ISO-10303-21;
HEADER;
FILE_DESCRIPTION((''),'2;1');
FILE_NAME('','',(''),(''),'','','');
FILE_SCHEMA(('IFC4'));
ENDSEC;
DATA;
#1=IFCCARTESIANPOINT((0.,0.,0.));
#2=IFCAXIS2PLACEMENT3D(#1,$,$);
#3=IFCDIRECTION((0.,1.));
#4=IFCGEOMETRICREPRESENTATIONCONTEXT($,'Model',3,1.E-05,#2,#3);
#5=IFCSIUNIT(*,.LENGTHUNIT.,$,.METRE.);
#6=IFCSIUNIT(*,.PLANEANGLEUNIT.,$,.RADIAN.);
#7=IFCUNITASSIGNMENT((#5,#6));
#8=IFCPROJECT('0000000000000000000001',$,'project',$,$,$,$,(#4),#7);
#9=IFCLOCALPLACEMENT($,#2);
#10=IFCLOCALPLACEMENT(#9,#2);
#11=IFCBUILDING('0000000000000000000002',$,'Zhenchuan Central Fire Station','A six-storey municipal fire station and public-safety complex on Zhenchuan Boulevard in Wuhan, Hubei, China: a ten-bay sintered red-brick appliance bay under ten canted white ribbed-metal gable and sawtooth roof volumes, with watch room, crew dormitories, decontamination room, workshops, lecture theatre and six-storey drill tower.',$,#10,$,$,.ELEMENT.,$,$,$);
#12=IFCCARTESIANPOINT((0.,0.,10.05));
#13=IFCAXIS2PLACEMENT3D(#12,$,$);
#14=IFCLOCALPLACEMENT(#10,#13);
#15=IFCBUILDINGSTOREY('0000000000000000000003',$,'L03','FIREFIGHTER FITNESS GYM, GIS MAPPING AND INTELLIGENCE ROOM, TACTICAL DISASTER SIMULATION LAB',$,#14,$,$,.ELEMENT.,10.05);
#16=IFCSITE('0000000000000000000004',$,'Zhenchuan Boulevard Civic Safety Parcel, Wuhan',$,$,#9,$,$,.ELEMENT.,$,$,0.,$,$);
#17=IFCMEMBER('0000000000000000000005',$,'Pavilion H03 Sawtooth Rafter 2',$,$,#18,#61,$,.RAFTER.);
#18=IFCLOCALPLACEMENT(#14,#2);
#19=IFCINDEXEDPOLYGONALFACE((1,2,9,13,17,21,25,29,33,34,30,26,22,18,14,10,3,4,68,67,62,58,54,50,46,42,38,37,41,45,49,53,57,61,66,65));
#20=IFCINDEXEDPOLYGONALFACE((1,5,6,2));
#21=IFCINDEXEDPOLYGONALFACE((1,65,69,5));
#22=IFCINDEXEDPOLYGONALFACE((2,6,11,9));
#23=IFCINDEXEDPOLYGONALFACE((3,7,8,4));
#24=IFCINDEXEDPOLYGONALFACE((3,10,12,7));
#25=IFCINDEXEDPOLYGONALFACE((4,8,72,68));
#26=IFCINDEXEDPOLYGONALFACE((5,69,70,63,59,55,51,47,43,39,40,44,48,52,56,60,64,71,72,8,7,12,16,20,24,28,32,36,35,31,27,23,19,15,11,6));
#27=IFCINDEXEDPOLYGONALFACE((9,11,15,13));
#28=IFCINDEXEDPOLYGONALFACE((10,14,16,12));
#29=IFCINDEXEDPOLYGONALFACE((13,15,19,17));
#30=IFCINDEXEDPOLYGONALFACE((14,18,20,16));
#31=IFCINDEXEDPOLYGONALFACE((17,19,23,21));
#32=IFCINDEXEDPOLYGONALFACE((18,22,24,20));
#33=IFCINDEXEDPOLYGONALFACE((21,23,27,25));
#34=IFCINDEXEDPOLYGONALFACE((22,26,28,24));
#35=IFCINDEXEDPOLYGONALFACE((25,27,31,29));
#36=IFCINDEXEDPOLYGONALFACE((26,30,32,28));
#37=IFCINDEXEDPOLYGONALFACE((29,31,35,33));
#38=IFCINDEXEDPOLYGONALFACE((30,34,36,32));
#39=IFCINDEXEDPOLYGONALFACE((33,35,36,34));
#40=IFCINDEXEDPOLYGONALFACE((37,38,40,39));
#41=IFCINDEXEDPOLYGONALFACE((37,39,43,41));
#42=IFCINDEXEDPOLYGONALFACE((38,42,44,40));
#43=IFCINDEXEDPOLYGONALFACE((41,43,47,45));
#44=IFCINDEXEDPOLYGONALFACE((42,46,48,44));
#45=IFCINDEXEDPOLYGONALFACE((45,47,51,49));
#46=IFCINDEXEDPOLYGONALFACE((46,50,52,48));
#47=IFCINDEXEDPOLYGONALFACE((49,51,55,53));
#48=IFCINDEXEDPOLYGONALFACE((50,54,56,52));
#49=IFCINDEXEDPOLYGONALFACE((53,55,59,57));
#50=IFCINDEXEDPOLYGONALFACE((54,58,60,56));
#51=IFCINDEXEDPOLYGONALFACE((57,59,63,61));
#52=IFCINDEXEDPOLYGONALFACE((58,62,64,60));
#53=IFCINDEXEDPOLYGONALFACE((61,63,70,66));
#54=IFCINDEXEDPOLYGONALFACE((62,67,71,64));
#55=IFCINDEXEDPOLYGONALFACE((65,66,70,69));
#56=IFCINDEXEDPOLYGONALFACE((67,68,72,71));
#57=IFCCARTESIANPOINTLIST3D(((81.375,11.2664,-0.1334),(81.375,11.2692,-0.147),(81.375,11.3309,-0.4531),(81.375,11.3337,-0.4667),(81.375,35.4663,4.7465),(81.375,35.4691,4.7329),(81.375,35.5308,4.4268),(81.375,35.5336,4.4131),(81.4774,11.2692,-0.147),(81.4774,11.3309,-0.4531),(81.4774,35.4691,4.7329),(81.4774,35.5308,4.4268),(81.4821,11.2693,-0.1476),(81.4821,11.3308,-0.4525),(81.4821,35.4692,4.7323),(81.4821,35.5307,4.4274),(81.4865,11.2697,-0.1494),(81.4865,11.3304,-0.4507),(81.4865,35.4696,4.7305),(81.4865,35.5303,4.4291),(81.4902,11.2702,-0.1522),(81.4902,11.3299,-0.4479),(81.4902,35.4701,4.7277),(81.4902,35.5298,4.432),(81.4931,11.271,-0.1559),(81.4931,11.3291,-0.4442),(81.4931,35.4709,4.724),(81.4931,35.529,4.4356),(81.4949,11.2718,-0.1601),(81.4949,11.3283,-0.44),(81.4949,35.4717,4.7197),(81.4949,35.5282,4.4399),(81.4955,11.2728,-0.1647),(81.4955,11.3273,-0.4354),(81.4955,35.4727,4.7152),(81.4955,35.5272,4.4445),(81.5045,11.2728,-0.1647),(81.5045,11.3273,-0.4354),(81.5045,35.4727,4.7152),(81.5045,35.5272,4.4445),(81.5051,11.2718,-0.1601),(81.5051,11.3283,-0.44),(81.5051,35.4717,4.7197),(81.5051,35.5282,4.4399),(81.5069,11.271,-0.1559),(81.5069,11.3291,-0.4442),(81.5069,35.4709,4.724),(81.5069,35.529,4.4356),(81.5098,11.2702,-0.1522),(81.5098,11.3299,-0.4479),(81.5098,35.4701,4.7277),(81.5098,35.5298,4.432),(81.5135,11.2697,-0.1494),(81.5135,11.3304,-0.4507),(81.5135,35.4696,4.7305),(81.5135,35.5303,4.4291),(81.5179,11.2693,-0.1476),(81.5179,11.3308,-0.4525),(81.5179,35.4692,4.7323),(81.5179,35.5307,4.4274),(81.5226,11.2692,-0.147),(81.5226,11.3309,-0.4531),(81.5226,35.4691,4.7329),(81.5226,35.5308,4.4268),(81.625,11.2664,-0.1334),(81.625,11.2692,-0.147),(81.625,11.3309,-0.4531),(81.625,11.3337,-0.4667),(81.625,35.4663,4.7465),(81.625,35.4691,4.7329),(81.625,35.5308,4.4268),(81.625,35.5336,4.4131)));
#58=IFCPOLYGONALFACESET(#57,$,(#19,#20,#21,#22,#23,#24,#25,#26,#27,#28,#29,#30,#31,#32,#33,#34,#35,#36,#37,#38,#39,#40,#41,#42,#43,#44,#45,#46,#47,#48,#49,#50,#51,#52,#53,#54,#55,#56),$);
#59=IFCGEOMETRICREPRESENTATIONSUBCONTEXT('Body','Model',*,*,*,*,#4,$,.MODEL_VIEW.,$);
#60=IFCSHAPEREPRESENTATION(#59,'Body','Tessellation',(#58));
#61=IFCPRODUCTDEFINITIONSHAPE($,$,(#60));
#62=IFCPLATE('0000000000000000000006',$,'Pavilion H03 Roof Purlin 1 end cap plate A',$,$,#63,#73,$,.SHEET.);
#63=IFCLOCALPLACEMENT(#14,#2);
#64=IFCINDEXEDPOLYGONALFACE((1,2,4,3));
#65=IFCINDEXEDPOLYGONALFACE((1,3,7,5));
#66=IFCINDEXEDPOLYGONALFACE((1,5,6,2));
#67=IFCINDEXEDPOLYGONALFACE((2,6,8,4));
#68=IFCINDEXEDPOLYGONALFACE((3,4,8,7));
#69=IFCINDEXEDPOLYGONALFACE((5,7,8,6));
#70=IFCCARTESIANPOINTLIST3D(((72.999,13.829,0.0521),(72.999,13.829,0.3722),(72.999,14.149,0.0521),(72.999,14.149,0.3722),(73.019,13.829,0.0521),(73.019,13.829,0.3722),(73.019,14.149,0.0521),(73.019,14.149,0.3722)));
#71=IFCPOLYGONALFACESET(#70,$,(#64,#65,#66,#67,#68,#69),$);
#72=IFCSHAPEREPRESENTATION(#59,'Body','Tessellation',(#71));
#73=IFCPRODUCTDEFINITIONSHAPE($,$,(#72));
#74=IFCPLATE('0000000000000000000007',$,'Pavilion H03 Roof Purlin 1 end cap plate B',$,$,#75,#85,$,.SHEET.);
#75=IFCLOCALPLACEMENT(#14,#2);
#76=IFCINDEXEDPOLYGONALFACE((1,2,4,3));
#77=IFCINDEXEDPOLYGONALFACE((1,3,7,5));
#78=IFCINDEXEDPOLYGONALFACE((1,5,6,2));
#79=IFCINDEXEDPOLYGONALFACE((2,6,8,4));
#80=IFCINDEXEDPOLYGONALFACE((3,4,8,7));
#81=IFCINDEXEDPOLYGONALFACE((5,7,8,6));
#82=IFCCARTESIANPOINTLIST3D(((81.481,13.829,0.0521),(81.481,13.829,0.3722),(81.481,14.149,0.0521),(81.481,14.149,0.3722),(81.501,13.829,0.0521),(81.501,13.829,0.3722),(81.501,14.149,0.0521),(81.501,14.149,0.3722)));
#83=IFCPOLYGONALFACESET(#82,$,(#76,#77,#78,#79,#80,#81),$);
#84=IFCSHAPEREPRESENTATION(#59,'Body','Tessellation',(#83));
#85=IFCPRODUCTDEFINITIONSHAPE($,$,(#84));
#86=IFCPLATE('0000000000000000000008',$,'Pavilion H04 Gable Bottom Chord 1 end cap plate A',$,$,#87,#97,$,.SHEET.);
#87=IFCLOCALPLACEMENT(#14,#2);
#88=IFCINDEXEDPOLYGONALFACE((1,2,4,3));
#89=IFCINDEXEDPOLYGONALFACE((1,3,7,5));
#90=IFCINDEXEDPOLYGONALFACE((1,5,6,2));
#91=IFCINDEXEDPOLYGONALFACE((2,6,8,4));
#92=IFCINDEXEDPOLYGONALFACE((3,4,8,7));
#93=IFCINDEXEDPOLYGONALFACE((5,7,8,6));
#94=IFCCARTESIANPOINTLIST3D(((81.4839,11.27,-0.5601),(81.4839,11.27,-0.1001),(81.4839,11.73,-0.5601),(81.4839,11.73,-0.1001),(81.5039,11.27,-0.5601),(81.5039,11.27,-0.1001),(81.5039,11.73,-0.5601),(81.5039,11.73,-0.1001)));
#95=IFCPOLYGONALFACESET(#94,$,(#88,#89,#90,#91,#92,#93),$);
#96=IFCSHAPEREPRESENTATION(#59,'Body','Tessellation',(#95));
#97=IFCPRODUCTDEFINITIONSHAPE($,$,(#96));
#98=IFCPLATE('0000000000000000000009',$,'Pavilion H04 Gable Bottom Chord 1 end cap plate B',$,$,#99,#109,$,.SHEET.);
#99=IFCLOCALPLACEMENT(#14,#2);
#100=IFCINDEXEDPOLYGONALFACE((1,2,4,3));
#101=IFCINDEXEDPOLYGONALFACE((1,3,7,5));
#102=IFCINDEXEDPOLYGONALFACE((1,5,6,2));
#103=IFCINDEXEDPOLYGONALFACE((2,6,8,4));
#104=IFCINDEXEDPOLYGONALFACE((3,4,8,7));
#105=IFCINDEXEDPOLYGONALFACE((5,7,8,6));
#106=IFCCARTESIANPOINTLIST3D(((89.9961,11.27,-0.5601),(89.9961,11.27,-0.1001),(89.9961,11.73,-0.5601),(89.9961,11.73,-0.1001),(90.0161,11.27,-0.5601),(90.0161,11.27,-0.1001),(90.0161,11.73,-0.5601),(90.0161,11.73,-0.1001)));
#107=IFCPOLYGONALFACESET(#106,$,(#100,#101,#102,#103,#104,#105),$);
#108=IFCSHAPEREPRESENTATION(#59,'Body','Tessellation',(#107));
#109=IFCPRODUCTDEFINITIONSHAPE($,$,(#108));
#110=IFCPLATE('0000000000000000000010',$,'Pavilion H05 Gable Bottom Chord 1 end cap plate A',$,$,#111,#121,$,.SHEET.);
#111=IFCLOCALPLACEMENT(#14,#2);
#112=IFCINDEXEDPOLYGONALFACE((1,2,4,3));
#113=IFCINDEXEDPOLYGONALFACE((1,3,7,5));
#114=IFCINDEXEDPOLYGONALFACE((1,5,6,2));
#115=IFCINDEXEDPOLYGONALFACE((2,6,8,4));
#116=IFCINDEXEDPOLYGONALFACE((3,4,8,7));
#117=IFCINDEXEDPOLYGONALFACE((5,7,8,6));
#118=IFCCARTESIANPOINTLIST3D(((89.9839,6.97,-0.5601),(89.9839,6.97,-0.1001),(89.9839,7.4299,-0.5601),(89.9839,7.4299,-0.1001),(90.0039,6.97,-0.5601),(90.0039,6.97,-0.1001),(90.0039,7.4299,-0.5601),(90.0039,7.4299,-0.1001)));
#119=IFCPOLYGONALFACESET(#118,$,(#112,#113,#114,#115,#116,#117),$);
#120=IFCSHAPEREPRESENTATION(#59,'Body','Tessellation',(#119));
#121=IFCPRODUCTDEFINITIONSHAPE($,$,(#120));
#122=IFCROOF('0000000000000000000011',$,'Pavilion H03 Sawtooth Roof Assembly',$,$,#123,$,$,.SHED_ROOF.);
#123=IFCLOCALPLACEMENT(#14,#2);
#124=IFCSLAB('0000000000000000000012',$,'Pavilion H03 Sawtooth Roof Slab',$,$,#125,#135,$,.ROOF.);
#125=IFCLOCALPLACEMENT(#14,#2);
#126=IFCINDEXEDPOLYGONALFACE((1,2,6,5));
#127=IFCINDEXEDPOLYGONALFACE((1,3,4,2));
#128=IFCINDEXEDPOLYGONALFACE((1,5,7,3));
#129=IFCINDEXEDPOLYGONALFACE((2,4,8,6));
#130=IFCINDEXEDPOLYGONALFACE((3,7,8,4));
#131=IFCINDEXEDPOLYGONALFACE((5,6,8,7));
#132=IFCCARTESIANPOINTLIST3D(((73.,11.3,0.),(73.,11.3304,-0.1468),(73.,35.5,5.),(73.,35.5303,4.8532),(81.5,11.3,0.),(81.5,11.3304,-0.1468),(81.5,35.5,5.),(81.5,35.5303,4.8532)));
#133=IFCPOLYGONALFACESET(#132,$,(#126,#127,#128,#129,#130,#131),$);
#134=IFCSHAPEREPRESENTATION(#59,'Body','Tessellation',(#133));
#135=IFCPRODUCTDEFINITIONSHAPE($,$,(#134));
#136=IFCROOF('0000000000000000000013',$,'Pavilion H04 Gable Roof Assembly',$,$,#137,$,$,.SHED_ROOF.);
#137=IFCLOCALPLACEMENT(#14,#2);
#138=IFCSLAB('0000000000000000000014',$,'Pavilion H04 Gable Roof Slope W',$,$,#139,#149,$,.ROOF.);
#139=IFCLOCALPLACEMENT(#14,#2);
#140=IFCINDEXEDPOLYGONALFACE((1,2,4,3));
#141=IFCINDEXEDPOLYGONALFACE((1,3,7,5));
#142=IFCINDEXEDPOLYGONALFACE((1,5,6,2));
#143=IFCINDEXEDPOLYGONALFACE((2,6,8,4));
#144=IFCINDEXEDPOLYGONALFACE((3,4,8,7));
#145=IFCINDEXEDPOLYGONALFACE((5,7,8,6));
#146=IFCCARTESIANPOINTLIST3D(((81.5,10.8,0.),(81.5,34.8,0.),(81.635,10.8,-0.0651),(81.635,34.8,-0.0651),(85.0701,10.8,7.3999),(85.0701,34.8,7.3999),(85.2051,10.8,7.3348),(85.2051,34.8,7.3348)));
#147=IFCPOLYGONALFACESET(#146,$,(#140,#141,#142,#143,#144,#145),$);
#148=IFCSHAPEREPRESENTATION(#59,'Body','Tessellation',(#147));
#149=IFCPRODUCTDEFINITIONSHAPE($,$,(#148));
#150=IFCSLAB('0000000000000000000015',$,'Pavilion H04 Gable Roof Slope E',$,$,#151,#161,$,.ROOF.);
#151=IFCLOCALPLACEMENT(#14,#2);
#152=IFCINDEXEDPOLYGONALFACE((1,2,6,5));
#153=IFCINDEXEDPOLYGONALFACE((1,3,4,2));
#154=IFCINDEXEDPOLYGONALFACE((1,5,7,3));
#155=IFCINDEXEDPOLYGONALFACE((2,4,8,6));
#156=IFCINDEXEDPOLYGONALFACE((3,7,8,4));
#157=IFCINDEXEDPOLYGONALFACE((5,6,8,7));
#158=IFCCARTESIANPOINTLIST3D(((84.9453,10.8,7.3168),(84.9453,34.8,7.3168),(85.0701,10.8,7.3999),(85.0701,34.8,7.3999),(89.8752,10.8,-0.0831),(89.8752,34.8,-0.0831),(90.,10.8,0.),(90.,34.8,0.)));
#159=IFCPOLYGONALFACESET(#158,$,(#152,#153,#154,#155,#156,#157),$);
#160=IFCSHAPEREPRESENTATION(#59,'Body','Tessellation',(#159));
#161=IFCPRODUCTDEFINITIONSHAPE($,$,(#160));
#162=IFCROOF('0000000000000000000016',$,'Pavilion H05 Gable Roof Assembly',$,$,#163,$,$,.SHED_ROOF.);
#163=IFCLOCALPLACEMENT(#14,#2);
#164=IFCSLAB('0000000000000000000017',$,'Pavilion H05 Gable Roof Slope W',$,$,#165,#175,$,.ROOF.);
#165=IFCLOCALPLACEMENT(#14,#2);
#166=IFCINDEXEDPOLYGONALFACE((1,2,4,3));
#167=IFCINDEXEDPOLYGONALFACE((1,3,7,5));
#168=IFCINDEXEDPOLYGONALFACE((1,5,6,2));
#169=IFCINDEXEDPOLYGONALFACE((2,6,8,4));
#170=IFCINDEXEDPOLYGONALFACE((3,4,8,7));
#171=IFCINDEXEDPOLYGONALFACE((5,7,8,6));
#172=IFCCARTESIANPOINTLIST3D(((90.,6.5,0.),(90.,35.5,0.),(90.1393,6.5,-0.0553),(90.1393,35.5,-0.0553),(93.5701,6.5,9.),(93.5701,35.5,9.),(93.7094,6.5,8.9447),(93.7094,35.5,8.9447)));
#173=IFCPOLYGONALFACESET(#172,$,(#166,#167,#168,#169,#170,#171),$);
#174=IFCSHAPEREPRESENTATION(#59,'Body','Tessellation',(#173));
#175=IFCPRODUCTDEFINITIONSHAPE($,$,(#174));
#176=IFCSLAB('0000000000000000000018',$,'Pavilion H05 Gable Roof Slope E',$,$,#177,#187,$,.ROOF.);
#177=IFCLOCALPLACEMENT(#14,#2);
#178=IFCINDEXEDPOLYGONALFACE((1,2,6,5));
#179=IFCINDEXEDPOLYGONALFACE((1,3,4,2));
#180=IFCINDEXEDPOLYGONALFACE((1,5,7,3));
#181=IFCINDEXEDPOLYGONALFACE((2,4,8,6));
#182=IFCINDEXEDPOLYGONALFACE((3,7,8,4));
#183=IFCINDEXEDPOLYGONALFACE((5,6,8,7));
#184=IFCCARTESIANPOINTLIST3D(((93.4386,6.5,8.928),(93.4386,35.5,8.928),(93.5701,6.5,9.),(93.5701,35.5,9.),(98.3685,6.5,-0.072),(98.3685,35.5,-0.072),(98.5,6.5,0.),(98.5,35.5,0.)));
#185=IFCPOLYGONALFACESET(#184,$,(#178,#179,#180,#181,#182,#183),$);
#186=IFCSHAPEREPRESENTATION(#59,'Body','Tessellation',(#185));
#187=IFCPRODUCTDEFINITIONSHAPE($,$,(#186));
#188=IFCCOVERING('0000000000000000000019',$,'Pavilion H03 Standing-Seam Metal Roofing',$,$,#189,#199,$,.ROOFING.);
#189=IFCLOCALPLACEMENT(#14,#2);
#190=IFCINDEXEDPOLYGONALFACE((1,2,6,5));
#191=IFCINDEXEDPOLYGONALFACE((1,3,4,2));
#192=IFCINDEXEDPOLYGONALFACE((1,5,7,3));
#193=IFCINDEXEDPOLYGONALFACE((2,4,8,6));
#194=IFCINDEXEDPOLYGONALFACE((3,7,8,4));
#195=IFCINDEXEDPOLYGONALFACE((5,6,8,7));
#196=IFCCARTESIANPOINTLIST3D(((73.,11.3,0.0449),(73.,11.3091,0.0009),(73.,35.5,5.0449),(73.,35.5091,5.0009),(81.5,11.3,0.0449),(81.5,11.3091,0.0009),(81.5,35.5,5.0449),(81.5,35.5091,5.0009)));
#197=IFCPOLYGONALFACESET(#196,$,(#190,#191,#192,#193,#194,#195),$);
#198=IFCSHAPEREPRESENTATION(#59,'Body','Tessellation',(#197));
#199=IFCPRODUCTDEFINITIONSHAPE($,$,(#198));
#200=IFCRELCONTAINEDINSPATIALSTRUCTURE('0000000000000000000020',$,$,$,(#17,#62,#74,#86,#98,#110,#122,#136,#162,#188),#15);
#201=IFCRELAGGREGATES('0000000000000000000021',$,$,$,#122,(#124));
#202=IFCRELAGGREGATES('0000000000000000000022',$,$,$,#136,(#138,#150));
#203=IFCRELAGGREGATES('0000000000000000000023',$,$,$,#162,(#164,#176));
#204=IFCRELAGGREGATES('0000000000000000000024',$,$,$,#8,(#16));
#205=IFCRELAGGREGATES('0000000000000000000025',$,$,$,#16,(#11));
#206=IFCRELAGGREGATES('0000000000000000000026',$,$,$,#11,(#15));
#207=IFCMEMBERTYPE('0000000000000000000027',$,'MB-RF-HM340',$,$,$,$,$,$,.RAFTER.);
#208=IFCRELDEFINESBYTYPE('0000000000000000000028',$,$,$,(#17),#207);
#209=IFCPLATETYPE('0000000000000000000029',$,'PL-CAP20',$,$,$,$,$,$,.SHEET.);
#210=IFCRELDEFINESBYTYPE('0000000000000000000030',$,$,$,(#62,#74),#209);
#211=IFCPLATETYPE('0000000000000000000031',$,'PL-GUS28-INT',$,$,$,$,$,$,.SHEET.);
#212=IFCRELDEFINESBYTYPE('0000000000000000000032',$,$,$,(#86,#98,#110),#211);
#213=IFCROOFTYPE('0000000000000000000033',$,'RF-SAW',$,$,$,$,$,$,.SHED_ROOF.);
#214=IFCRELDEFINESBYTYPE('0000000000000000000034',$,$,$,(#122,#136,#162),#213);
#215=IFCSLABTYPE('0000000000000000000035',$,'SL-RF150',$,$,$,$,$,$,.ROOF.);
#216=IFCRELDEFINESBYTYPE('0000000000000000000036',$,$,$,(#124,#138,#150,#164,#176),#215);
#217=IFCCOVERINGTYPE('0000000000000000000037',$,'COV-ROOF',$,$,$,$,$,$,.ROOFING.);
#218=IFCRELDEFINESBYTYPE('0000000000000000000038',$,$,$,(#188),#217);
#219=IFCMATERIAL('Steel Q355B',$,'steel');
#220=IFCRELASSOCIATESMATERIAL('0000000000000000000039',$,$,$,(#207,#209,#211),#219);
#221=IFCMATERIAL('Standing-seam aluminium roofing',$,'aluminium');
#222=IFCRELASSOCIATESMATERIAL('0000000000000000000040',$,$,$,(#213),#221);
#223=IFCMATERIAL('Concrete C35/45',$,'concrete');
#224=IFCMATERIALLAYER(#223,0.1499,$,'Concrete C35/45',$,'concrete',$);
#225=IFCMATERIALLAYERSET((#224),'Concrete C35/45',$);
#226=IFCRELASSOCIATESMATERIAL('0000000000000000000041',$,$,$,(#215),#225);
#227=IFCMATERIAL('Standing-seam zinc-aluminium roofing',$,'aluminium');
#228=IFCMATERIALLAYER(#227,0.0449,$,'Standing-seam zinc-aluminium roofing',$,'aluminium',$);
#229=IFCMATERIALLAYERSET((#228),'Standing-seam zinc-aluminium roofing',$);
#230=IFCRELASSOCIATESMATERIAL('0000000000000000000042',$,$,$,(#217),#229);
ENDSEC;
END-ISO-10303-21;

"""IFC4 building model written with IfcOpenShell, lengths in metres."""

from ifc_helpers import new_model, si_unit, direction, frame, origin, origin_2d, place, context, subcontext, project, spatial, polyline, rectangle, i_section, outline, extrude, material, layer, layer_set, material_profile, profile_set, type_object, element, aggregate, save


model = new_model("IFC4")

# Units and contexts
model_context = context("Model", 3, precision=1e-05, world=origin(), true_north=direction((0.0, 1.0)))
body_context = subcontext(model_context, "Body", "Model", "MODEL_VIEW")
ifc_project = project(units=[si_unit("LENGTHUNIT", "METRE"), si_unit("PLANEANGLEUNIT", "RADIAN")], contexts=[model_context])

# Site, building, storey
site_placement = place(None, origin())
site = spatial("IfcSite", under=ifc_project, at=site_placement, Name="Zhenchuan Boulevard Civic Safety Parcel, Wuhan", CompositionType="ELEMENT", RefElevation=0.0)
building_placement = place(site_placement, origin())
building = spatial("IfcBuilding", under=site, at=building_placement, Name="Zhenchuan Central Fire Station", Description="A six-storey municipal fire station and public-safety complex on Zhenchuan Boulevard in Wuhan, Hubei, China: a ten-bay sintered red-brick appliance bay under ten canted white ribbed-metal gable and sawtooth roof volumes, with watch room, crew dormitories, decontamination room, workshops, lecture theatre and six-storey drill tower.", CompositionType="ELEMENT")
storey_placement = place(building_placement, frame((0.0, 0.0, 10.05)))
storey = spatial("IfcBuildingStorey", under=building, at=storey_placement, Name="L03", Description="FIREFIGHTER FITNESS GYM, GIS MAPPING AND INTELLIGENCE ROOM, TACTICAL DISASTER SIMULATION LAB", CompositionType="ELEMENT", Elevation=10.05)

# Member
ifc_material_1 = material(Name="Steel Q355B", Category="steel")
ifc_material_profile_1 = material_profile(ifc_material_1, i_section(OverallWidth=0.25, OverallDepth=0.3401, WebThickness=0.009, FlangeThickness=0.0139, FilletRadius=0.0181, at=origin_2d()), Name="HM 340x250")
ifc_profile_set_1 = profile_set([ifc_material_profile_1], Name="Steel Q355B")
member_type_1 = type_object("IfcMemberType", Name="MB-RF-HM340", PredefinedType="RAFTER", material=ifc_profile_set_1)
for number, where, z_axis, x_axis, name in (
    (1, (81.5, 11.3, -0.3), (0.0, 0.980269, 0.19767), (-1.0, 0.0, 0.0), "Pavilion H03 Sawtooth Rafter 2"),
):
    element("IfcMember", number, at=place(storey_placement, frame(where, z_axis=z_axis, x_axis=x_axis)), inside=storey, type_object=member_type_1, Name=name, PredefinedType="RAFTER", context=body_context, shape_type="SweptSolid", body=[
        extrude(i_section(OverallWidth=0.25, OverallDepth=0.3401, WebThickness=0.009, FlangeThickness=0.0139, FilletRadius=0.0181, at=origin_2d()), origin(), (0.0, 0.0, 1.0), 24.687),
    ])

# Plates
ifc_material_profile_2 = material_profile(ifc_material_1, rectangle(XDim=0.3201, YDim=0.3201, at=origin_2d()), Name="PL 320x320x20")
ifc_profile_set_2 = profile_set([ifc_material_profile_2], Name="Steel Q355B")
plate_type_1 = type_object("IfcPlateType", Name="PL-CAP20", PredefinedType="SHEET", material=ifc_profile_set_2)
for number, where, z_axis, x_axis, name in (
    (2, (72.999, 13.989, 0.2122), (1.0, 0.0, 0.0), (0.0, 1.0, 0.0), "Pavilion H03 Roof Purlin 1 end cap plate A"),
    (3, (81.481, 13.989, 0.2122), (1.0, 0.0, 0.0), (0.0, 1.0, 0.0), "Pavilion H03 Roof Purlin 1 end cap plate B"),
):
    element("IfcPlate", number, at=place(storey_placement, frame(where, z_axis=z_axis, x_axis=x_axis)), inside=storey, type_object=plate_type_1, Name=name, PredefinedType="SHEET", context=body_context, shape_type="SweptSolid", body=[
        extrude(rectangle(XDim=0.3201, YDim=0.3201, at=origin_2d()), origin(), (0.0, 0.0, 1.0), 0.02),
    ])
ifc_material_profile_3 = material_profile(ifc_material_1, rectangle(XDim=0.46, YDim=0.46, at=origin_2d()), Name="PL 460x460x28")
ifc_profile_set_3 = profile_set([ifc_material_profile_3], Name="Steel Q355B")
plate_type_2 = type_object("IfcPlateType", Name="PL-GUS28-INT", PredefinedType="SHEET", material=ifc_profile_set_3)
for number, where, z_axis, x_axis, name in (
    (4, (81.4839, 11.5, -0.3301), (1.0, 0.0, 0.0), (0.0, 1.0, 0.0), "Pavilion H04 Gable Bottom Chord 1 end cap plate A"),
    (5, (89.9961, 11.5, -0.3301), (1.0, 0.0, 0.0), (0.0, 1.0, 0.0), "Pavilion H04 Gable Bottom Chord 1 end cap plate B"),
    (6, (89.9839, 7.2, -0.3301), (1.0, 0.0, 0.0), (0.0, 1.0, 0.0), "Pavilion H05 Gable Bottom Chord 1 end cap plate A"),
):
    element("IfcPlate", number, at=place(storey_placement, frame(where, z_axis=z_axis, x_axis=x_axis)), inside=storey, type_object=plate_type_2, Name=name, PredefinedType="SHEET", context=body_context, shape_type="SweptSolid", body=[
        extrude(rectangle(XDim=0.46, YDim=0.46, at=origin_2d()), origin(), (0.0, 0.0, 1.0), 0.02),
    ])

# Roof, slab
ifc_material_2 = material(Name="Standing-seam aluminium roofing", Category="aluminium")
roof_type = type_object("IfcRoofType", Name="RF-SAW", PredefinedType="SHED_ROOF", material=ifc_material_2)
roof_1_placement = place(storey_placement, origin())
roof_1 = element("IfcRoof", 7, at=roof_1_placement, inside=storey, type_object=roof_type, Name="Pavilion H03 Sawtooth Roof Assembly", PredefinedType="SHED_ROOF")
ifc_material_3 = material(Name="Concrete C35/45", Category="concrete")
ifc_layer_1 = layer(ifc_material_3, 0.1499, Name="Concrete C35/45", Category="concrete")
ifc_layer_set_1 = layer_set([ifc_layer_1], Name="Concrete C35/45")
slab_type = type_object("IfcSlabType", Name="SL-RF150", PredefinedType="ROOF", material=ifc_layer_set_1)
slab_1_placement = place(storey_placement, frame((73.0, 11.3, 0.0), z_axis=(0.0, -0.202338, 0.979316), x_axis=(1.0, 0.0, 0.0)))
slab_1 = element("IfcSlab", 8, at=slab_1_placement, type_object=slab_type, Name="Pavilion H03 Sawtooth Roof Slab", PredefinedType="ROOF", context=body_context, shape_type="SweptSolid", body=[
    extrude(outline(polyline([(0.0, 0.0), (8.5, 0.0), (8.5, 24.7111), (0.0, 24.7111), (0.0, 0.0)])), origin(), (0.0, 0.0, -1.0), 0.1499),
])
aggregate(roof_1, [slab_1])

# Roofs, slabs
roof_2_placement = place(storey_placement, origin())
roof_2 = element("IfcRoof", 9, at=roof_2_placement, inside=storey, type_object=roof_type, Name="Pavilion H04 Gable Roof Assembly", PredefinedType="SHED_ROOF")
slab_2_placement = place(storey_placement, frame((81.5, 10.8, 0.0), z_axis=(-0.900661, 0.0, 0.434522), x_axis=(0.434522, 0.0, 0.900661)))
slab_2 = element("IfcSlab", 10, at=slab_2_placement, type_object=slab_type, Name="Pavilion H04 Gable Roof Slope W", PredefinedType="ROOF", context=body_context, shape_type="SweptSolid", body=[
    extrude(outline(polyline([(0.0, 0.0), (8.2161, 0.0), (8.2161, 24.0), (0.0, 24.0), (0.0, 0.0)])), origin(), (0.0, 0.0, -1.0), 0.1499),
])
slab_3_placement = place(storey_placement, frame((85.0701, 10.8, 7.3999), z_axis=(0.832223, 0.0, 0.55444), x_axis=(0.55444, 0.0, -0.832223)))
slab_3 = element("IfcSlab", 11, at=slab_3_placement, type_object=slab_type, Name="Pavilion H04 Gable Roof Slope E", PredefinedType="ROOF", context=body_context, shape_type="SweptSolid", body=[
    extrude(outline(polyline([(0.0, 0.0), (8.8917, 0.0), (8.8917, 24.0), (0.0, 24.0), (0.0, 0.0)])), origin(), (0.0, 0.0, -1.0), 0.1499),
])
aggregate(roof_2, [slab_2, slab_3])
roof_3_placement = place(storey_placement, origin())
roof_3 = element("IfcRoof", 12, at=roof_3_placement, inside=storey, type_object=roof_type, Name="Pavilion H05 Gable Roof Assembly", PredefinedType="SHED_ROOF")
slab_4_placement = place(storey_placement, frame((90.0, 6.5, 0.0), z_axis=(-0.929539, 0.0, 0.368724), x_axis=(0.368724, 0.0, 0.929539)))
slab_4 = element("IfcSlab", 13, at=slab_4_placement, type_object=slab_type, Name="Pavilion H05 Gable Roof Slope W", PredefinedType="ROOF", context=body_context, shape_type="SweptSolid", body=[
    extrude(outline(polyline([(0.0, 0.0), (9.6822, 0.0), (9.6822, 29.0), (0.0, 29.0), (0.0, 0.0)])), origin(), (0.0, 0.0, -1.0), 0.1499),
])
slab_5_placement = place(storey_placement, frame((93.5701, 6.5, 9.0), z_axis=(0.87704, 0.0, 0.480417), x_axis=(0.480417, 0.0, -0.87704)))
slab_5 = element("IfcSlab", 14, at=slab_5_placement, type_object=slab_type, Name="Pavilion H05 Gable Roof Slope E", PredefinedType="ROOF", context=body_context, shape_type="SweptSolid", body=[
    extrude(outline(polyline([(0.0, 0.0), (10.2618, 0.0), (10.2618, 29.0), (0.0, 29.0), (0.0, 0.0)])), origin(), (0.0, 0.0, -1.0), 0.1499),
])
aggregate(roof_3, [slab_4, slab_5])

# Covering
ifc_material_4 = material(Name="Standing-seam zinc-aluminium roofing", Category="aluminium")
ifc_layer_2 = layer(ifc_material_4, 0.0449, Name="Standing-seam zinc-aluminium roofing", Category="aluminium")
ifc_layer_set_2 = layer_set([ifc_layer_2], Name="Standing-seam zinc-aluminium roofing")
covering_type = type_object("IfcCoveringType", Name="COV-ROOF", PredefinedType="ROOFING", material=ifc_layer_set_2)
covering_1_placement = place(storey_placement, frame((73.0, 11.3, 0.0449), z_axis=(0.0, -0.202338, 0.979316), x_axis=(1.0, 0.0, 0.0)))
element("IfcCovering", 15, at=covering_1_placement, inside=storey, type_object=covering_type, Name="Pavilion H03 Standing-Seam Metal Roofing", PredefinedType="ROOFING", context=body_context, shape_type="SweptSolid", body=[
    extrude(outline(polyline([(0.0, 0.0), (8.5, 0.0), (8.5, 24.7111), (0.0, 24.7111), (0.0, 0.0)])), origin(), (0.0, 0.0, -1.0), 0.0449),
])

save(model, "model.ifc")
